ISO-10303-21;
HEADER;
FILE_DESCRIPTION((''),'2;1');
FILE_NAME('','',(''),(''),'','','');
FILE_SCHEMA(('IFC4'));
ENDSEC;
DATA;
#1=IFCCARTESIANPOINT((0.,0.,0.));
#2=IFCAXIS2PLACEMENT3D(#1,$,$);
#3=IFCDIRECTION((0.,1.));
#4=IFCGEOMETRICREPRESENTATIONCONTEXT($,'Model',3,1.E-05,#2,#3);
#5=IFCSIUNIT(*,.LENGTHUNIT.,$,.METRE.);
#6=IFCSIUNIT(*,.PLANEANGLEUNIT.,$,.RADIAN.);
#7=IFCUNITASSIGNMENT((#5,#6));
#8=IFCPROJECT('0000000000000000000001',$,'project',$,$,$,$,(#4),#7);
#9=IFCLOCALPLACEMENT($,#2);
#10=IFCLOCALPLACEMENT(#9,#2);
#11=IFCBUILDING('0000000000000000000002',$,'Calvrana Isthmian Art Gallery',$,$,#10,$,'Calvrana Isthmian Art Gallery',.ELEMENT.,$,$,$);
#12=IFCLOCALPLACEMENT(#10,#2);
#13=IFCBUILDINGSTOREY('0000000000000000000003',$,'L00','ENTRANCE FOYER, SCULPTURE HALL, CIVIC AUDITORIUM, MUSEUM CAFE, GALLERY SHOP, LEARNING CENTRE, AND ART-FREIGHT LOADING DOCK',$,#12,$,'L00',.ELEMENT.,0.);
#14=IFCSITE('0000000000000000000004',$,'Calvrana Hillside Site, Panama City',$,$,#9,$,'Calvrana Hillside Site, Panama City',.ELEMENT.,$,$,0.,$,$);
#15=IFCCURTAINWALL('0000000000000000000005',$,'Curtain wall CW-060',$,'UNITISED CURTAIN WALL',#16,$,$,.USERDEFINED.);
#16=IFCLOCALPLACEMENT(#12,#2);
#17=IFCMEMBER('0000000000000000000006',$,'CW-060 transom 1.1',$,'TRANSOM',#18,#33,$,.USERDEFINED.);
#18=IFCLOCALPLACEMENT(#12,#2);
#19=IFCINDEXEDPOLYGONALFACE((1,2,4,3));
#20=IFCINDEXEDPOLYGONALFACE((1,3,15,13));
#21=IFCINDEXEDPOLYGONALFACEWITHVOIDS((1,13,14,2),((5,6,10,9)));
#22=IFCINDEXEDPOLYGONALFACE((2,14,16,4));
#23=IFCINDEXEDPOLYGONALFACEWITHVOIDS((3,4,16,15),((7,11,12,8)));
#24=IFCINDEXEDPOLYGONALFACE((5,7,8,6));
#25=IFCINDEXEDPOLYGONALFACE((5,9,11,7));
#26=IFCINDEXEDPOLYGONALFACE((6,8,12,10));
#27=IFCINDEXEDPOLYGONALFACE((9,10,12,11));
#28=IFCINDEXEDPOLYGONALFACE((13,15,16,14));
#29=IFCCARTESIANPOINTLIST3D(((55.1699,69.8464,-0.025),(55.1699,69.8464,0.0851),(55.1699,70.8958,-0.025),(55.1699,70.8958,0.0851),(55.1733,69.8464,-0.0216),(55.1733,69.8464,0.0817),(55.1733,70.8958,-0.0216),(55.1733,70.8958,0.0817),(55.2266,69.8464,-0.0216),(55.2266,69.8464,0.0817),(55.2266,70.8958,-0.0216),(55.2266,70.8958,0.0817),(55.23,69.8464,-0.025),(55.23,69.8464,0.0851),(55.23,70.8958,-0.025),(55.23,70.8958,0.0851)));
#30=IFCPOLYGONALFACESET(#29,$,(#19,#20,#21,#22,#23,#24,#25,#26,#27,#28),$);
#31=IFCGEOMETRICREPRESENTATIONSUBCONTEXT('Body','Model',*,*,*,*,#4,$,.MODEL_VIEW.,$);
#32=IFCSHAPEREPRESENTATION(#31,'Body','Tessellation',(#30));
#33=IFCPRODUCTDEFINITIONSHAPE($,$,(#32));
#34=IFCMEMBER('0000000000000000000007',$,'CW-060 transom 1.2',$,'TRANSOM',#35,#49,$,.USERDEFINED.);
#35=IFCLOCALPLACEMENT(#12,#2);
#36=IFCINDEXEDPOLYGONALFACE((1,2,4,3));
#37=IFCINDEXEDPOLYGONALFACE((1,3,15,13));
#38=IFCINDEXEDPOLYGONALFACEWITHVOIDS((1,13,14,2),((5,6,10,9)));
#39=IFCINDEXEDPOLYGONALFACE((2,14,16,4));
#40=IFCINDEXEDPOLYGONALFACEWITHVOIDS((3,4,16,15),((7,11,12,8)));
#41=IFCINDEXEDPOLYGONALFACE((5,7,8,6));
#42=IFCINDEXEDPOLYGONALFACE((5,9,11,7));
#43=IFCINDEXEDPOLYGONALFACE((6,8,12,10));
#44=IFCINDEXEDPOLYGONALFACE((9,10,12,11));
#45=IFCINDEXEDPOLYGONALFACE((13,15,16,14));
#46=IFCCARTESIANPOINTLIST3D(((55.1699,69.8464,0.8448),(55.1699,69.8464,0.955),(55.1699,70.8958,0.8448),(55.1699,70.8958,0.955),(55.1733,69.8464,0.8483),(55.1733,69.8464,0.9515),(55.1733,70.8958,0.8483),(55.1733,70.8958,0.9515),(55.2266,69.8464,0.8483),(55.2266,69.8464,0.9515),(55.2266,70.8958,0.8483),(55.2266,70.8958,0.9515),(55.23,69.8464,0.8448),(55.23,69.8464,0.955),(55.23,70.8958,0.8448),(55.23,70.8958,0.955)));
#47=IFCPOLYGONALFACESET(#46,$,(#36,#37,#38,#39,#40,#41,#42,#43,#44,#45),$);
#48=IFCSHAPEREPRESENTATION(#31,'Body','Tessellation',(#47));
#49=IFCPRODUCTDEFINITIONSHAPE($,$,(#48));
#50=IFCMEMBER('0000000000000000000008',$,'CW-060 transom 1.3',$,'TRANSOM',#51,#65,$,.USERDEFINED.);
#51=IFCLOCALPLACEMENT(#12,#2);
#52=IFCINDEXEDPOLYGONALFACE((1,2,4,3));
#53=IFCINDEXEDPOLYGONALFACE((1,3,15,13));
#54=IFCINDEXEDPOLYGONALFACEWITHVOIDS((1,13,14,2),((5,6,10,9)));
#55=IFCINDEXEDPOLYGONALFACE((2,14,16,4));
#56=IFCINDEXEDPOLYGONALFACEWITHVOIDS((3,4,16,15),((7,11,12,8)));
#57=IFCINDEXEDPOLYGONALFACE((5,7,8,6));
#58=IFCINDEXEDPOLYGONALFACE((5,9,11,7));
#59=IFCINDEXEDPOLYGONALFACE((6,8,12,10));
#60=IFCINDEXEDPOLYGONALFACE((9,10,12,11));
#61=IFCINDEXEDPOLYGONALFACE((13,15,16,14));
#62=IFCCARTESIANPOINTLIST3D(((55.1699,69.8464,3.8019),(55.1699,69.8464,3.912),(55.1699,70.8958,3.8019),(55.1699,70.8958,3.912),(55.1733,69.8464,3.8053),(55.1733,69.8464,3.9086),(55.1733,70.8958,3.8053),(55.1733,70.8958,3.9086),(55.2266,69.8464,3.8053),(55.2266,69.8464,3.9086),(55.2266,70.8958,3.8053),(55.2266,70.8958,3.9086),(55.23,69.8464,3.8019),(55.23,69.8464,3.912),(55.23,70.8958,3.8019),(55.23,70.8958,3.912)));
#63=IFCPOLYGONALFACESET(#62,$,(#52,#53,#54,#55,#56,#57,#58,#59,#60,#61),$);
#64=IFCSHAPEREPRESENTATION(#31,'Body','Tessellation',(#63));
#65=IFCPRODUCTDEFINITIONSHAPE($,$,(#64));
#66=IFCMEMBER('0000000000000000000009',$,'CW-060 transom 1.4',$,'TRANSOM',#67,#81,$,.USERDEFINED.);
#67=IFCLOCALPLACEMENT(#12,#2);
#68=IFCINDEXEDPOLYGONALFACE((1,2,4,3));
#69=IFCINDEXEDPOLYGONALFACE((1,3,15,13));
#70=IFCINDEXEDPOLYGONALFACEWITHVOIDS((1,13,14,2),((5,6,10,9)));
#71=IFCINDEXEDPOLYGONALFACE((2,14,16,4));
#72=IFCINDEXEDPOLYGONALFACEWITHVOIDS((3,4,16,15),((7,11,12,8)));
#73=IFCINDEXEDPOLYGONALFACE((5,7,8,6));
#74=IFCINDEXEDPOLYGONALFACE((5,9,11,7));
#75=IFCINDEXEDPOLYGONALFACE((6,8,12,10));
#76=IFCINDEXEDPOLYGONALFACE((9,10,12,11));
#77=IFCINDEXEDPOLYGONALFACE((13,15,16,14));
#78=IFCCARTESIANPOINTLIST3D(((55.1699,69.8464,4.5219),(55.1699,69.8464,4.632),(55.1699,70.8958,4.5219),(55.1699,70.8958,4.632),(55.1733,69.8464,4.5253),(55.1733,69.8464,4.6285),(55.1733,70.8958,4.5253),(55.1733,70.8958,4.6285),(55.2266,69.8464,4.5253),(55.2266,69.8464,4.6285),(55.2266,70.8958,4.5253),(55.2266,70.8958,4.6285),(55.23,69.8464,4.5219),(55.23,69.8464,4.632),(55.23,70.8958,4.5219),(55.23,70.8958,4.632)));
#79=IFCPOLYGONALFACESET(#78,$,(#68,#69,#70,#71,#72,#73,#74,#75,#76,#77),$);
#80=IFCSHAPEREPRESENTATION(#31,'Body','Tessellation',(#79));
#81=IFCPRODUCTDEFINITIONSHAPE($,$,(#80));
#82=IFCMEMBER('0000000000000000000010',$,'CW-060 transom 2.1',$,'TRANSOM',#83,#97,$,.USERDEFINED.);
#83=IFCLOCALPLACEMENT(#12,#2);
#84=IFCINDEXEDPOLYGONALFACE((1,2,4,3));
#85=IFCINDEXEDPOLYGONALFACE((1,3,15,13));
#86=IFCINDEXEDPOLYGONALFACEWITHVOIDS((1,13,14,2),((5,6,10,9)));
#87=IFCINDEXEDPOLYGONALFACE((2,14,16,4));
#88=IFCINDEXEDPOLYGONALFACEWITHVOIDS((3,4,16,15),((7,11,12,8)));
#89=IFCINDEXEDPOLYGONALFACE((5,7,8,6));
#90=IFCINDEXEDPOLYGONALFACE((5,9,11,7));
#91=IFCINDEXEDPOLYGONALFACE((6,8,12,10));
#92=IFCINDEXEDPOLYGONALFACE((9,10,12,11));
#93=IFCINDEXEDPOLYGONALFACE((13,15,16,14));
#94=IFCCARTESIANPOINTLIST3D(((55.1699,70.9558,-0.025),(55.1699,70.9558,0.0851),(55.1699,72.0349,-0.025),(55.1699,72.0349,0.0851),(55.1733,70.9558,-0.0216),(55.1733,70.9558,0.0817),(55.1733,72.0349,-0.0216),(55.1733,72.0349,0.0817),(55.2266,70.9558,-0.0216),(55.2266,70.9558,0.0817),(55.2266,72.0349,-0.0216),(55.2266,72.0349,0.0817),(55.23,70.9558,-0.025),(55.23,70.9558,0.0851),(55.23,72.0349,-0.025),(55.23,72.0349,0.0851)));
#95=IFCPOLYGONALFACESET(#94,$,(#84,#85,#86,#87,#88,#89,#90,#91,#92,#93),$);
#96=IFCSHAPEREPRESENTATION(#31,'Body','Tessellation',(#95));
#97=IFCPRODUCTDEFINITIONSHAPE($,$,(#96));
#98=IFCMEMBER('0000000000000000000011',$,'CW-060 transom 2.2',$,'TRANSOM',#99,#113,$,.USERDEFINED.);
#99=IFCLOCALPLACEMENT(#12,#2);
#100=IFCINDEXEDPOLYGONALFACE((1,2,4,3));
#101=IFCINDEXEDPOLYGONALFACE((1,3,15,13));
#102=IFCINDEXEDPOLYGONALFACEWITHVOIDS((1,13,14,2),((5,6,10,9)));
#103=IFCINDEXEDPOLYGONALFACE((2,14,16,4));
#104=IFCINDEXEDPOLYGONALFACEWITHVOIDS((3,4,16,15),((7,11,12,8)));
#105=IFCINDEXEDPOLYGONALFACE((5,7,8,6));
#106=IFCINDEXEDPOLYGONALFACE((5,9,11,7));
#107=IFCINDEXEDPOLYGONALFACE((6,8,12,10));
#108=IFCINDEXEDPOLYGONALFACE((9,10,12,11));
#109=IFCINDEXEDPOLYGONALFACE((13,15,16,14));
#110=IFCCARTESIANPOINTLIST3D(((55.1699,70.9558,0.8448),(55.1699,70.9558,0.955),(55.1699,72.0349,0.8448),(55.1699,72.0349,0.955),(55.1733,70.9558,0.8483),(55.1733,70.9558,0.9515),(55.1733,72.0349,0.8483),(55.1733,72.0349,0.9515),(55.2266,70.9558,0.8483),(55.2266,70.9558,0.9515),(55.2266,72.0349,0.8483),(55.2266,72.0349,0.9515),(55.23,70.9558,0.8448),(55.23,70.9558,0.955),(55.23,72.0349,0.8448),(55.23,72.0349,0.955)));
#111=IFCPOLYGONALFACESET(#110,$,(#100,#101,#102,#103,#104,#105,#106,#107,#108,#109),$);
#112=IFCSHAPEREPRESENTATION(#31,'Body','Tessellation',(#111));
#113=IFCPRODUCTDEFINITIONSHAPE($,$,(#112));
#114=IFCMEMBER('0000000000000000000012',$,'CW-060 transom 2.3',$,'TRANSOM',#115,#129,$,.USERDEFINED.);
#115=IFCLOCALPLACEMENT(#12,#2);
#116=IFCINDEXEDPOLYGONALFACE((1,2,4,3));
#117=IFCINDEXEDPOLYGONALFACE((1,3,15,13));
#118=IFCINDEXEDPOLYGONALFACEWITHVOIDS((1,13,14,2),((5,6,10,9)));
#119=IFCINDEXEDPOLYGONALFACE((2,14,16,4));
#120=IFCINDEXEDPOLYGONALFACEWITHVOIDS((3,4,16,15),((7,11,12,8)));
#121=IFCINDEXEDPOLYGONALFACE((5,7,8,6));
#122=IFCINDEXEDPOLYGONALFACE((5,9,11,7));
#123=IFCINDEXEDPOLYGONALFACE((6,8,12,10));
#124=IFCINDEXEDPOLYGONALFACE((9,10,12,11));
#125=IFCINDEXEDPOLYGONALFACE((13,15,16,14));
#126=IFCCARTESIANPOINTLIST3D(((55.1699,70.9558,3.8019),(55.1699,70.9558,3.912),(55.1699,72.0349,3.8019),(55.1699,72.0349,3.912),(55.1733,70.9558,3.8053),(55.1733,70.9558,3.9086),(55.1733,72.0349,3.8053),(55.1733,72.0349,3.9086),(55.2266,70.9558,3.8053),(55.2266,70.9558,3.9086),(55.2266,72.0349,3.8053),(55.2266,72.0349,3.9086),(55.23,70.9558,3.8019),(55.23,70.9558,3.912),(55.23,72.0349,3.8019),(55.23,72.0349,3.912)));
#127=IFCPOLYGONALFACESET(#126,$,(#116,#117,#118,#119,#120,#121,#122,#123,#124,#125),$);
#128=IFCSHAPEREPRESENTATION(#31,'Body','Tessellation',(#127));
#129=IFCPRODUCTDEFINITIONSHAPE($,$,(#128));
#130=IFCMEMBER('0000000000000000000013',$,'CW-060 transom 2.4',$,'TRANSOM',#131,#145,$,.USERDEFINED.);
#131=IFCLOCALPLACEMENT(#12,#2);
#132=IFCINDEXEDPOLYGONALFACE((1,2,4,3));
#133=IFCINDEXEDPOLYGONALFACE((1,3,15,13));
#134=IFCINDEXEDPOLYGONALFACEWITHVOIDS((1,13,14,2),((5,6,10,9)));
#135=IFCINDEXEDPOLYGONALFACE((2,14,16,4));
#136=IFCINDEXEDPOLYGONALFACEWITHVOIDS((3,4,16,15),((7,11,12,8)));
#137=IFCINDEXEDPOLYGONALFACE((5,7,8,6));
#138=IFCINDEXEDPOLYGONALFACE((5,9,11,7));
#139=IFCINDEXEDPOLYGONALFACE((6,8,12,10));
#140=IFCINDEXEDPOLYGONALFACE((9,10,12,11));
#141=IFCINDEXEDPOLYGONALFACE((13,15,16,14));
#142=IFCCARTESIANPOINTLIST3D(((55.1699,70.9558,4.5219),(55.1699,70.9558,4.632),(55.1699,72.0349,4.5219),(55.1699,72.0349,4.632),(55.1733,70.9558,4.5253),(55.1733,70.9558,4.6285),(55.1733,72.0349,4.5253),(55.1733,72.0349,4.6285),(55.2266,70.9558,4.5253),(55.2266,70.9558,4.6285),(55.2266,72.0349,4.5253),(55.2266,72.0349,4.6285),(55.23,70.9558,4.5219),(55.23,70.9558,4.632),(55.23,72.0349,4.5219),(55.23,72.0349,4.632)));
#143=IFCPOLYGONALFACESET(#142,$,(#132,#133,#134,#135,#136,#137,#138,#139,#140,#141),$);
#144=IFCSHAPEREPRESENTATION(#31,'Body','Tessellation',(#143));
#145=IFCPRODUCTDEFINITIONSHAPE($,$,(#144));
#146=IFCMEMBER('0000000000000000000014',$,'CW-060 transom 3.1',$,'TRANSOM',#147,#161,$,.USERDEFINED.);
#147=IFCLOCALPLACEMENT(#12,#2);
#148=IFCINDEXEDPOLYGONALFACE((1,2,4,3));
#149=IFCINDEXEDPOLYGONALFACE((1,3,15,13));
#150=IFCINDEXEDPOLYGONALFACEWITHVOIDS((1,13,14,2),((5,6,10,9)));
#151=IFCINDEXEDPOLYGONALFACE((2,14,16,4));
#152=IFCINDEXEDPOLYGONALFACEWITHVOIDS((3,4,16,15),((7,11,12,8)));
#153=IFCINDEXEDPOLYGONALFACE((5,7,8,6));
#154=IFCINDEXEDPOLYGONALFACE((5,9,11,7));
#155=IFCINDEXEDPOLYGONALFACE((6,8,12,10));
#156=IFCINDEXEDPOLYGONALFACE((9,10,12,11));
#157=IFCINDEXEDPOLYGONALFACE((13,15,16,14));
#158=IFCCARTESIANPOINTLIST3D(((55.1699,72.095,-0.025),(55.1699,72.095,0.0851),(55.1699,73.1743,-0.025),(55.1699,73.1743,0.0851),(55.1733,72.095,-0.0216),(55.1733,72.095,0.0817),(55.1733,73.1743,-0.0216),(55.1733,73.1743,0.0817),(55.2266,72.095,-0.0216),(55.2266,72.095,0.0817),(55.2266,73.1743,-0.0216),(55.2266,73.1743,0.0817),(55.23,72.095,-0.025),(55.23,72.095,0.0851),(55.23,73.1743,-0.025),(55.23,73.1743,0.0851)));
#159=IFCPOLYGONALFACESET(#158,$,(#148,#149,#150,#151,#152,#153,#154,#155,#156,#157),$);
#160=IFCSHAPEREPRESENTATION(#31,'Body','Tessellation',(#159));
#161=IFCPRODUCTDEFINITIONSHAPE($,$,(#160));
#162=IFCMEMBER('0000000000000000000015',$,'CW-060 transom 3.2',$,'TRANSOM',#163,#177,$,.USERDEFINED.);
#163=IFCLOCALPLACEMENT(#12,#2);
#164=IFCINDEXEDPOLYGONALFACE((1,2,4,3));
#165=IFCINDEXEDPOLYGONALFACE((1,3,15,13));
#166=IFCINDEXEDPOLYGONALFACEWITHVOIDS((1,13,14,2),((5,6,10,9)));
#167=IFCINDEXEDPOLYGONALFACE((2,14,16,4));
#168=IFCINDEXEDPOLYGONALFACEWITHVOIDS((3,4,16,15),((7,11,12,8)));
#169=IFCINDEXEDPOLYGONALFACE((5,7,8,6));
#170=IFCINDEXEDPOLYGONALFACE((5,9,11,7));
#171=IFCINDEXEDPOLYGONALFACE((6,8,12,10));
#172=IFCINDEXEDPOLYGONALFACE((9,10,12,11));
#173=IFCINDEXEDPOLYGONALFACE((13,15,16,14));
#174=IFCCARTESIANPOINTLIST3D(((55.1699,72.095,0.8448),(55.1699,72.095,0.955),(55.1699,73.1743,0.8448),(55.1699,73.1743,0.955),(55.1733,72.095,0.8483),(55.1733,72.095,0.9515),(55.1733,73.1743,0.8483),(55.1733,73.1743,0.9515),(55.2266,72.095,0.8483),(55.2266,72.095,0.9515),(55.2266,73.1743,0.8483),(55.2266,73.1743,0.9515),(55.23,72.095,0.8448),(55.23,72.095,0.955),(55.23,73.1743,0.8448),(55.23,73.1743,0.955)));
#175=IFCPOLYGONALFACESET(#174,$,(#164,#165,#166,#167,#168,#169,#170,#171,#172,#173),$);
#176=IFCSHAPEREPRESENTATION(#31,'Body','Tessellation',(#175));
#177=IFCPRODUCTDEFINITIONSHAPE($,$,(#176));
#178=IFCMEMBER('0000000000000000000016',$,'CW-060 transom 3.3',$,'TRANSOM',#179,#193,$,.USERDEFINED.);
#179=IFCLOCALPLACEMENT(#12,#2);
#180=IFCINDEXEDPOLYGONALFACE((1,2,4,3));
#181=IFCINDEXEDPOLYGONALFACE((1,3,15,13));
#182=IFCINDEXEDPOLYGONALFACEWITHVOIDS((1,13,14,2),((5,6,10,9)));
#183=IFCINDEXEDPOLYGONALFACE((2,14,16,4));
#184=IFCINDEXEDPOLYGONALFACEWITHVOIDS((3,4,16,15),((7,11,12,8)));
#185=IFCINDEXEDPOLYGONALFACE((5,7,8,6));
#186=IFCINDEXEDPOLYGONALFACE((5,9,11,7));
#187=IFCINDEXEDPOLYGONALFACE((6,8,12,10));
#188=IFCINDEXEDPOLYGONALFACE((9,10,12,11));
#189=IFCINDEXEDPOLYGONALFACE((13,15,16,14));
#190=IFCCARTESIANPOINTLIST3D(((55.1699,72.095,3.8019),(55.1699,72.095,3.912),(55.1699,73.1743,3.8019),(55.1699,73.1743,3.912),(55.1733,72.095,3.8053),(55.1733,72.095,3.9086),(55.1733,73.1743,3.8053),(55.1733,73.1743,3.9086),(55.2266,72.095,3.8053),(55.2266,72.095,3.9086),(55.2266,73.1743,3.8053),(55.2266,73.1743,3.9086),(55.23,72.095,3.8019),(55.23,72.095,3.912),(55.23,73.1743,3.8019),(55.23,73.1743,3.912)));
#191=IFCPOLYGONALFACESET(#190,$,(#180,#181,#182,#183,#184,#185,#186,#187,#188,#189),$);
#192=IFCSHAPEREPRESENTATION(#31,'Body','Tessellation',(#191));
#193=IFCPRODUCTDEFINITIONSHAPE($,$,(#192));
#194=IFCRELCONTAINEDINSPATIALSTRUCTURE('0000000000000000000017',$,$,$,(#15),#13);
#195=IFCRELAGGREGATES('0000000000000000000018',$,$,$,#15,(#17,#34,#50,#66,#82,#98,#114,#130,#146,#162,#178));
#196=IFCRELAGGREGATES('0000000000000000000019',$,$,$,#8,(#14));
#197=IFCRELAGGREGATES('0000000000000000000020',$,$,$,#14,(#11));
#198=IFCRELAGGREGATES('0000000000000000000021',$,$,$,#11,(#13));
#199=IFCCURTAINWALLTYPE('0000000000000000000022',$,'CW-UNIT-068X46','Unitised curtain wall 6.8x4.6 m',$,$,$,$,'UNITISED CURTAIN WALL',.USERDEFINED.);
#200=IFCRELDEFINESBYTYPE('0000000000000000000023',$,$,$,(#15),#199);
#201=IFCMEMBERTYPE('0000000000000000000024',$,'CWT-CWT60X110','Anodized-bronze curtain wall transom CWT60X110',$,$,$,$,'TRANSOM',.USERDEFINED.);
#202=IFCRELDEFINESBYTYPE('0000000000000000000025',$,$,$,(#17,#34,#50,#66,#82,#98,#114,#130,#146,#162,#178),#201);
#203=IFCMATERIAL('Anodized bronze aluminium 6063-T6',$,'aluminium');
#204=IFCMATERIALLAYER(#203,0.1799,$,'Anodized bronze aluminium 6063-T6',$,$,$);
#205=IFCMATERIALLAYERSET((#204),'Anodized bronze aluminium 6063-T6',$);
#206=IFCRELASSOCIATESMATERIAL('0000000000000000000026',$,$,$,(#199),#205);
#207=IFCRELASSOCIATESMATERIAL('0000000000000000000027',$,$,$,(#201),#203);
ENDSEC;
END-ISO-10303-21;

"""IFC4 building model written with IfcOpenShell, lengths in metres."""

from ifc_helpers import new_model, si_unit, direction, frame, origin, origin_2d, place, context, subcontext, project, spatial, hollow_rectangle, extrude, material, layer, layer_set, material_profile, profile_set, type_object, element, aggregate, save


model = new_model("IFC4")

# Units and contexts
model_context = context("Model", 3, precision=1e-05, world=origin(), true_north=direction((0.0, 1.0)))
body_context = subcontext(model_context, "Body", "Model", "MODEL_VIEW")
ifc_project = project(units=[si_unit("LENGTHUNIT", "METRE"), si_unit("PLANEANGLEUNIT", "RADIAN")], contexts=[model_context])

# Site, building, storey
site_placement = place(None, origin())
site = spatial("IfcSite", under=ifc_project, at=site_placement, Name="Calvrana Hillside Site, Panama City", LongName="Calvrana Hillside Site, Panama City", CompositionType="ELEMENT", RefElevation=0.0)
building_placement = place(site_placement, origin())
building = spatial("IfcBuilding", under=site, at=building_placement, Name="Calvrana Isthmian Art Gallery", LongName="Calvrana Isthmian Art Gallery", CompositionType="ELEMENT")
storey_placement = place(building_placement, origin())
storey = spatial("IfcBuildingStorey", under=building, at=storey_placement, Name="L00", Description="ENTRANCE FOYER, SCULPTURE HALL, CIVIC AUDITORIUM, MUSEUM CAFE, GALLERY SHOP, LEARNING CENTRE, AND ART-FREIGHT LOADING DOCK", LongName="L00", CompositionType="ELEMENT", Elevation=0.0)

# Curtain wall, members
ifc_material_1 = material(Name="Anodized bronze aluminium 6063-T6", Category="aluminium")
ifc_layer_1 = layer(ifc_material_1, 0.1799, Name="Anodized bronze aluminium 6063-T6")
ifc_layer_set_1 = layer_set([ifc_layer_1], Name="Anodized bronze aluminium 6063-T6")
curtain_wall_type = type_object("IfcCurtainWallType", Name="CW-UNIT-068X46", Description="Unitised curtain wall 6.8x4.6 m", ElementType="UNITISED CURTAIN WALL", PredefinedType="USERDEFINED", material=ifc_layer_set_1)
curtain_wall_placement = place(storey_placement, origin())
curtain_wall = element("IfcCurtainWall", 1, at=curtain_wall_placement, inside=storey, type_object=curtain_wall_type, Name="Curtain wall CW-060", ObjectType="UNITISED CURTAIN WALL", PredefinedType="USERDEFINED")
ifc_material_profile_1 = material_profile(ifc_material_1, hollow_rectangle(XDim=0.0601, YDim=0.1101, WallThickness=0.0034, at=origin_2d()), Name="CWT60X110")
ifc_profile_set_1 = profile_set([ifc_material_profile_1], Name="Anodized bronze aluminium 6063-T6")
member_type_1 = type_object("IfcMemberType", Name="CWT-CWT60X110", Description="Anodized-bronze curtain wall transom CWT60X110", ElementType="TRANSOM", PredefinedType="USERDEFINED", material=ifc_profile_set_1)
member_1_placement = place(storey_placement, frame((55.2, 69.8464, 0.03), z_axis=(0.0, 1.0, 0.0), x_axis=(-1.0, 0.0, 0.0)))
member_1 = element("IfcMember", 2, at=member_1_placement, type_object=member_type_1, Name="CW-060 transom 1.1", ObjectType="TRANSOM", PredefinedType="USERDEFINED", context=body_context, shape_type="SweptSolid", body=[
    extrude(hollow_rectangle(XDim=0.0601, YDim=0.1101, WallThickness=0.0034, at=origin_2d()), origin(), (0.0, 0.0, 1.0), 1.0493),
])
member_2_placement = place(storey_placement, frame((55.2, 69.8464, 0.8999), z_axis=(0.0, 1.0, 0.0), x_axis=(-1.0, 0.0, 0.0)))
member_2 = element("IfcMember", 3, at=member_2_placement, type_object=member_type_1, Name="CW-060 transom 1.2", ObjectType="TRANSOM", PredefinedType="USERDEFINED", context=body_context, shape_type="SweptSolid", body=[
    extrude(hollow_rectangle(XDim=0.0601, YDim=0.1101, WallThickness=0.0034, at=origin_2d()), origin(), (0.0, 0.0, 1.0), 1.0493),
])
member_3_placement = place(storey_placement, frame((55.2, 69.8464, 3.8569), z_axis=(0.0, 1.0, 0.0), x_axis=(-1.0, 0.0, 0.0)))
member_3 = element("IfcMember", 4, at=member_3_placement, type_object=member_type_1, Name="CW-060 transom 1.3", ObjectType="TRANSOM", PredefinedType="USERDEFINED", context=body_context, shape_type="SweptSolid", body=[
    extrude(hollow_rectangle(XDim=0.0601, YDim=0.1101, WallThickness=0.0034, at=origin_2d()), origin(), (0.0, 0.0, 1.0), 1.0493),
])
member_4_placement = place(storey_placement, frame((55.2, 69.8464, 4.5769), z_axis=(0.0, 1.0, 0.0), x_axis=(-1.0, 0.0, 0.0)))
member_4 = element("IfcMember", 5, at=member_4_placement, type_object=member_type_1, Name="CW-060 transom 1.4", ObjectType="TRANSOM", PredefinedType="USERDEFINED", context=body_context, shape_type="SweptSolid", body=[
    extrude(hollow_rectangle(XDim=0.0601, YDim=0.1101, WallThickness=0.0034, at=origin_2d()), origin(), (0.0, 0.0, 1.0), 1.0493),
])
member_5_placement = place(storey_placement, frame((55.2, 70.9558, 0.03), z_axis=(0.0, 1.0, 0.0), x_axis=(-1.0, 0.0, 0.0)))
member_5 = element("IfcMember", 6, at=member_5_placement, type_object=member_type_1, Name="CW-060 transom 2.1", ObjectType="TRANSOM", PredefinedType="USERDEFINED", context=body_context, shape_type="SweptSolid", body=[
    extrude(hollow_rectangle(XDim=0.0601, YDim=0.1101, WallThickness=0.0034, at=origin_2d()), origin(), (0.0, 0.0, 1.0), 1.0791),
])
member_6_placement = place(storey_placement, frame((55.2, 70.9558, 0.8999), z_axis=(0.0, 1.0, 0.0), x_axis=(-1.0, 0.0, 0.0)))
member_6 = element("IfcMember", 7, at=member_6_placement, type_object=member_type_1, Name="CW-060 transom 2.2", ObjectType="TRANSOM", PredefinedType="USERDEFINED", context=body_context, shape_type="SweptSolid", body=[
    extrude(hollow_rectangle(XDim=0.0601, YDim=0.1101, WallThickness=0.0034, at=origin_2d()), origin(), (0.0, 0.0, 1.0), 1.0791),
])
member_7_placement = place(storey_placement, frame((55.2, 70.9558, 3.8569), z_axis=(0.0, 1.0, 0.0), x_axis=(-1.0, 0.0, 0.0)))
member_7 = element("IfcMember", 8, at=member_7_placement, type_object=member_type_1, Name="CW-060 transom 2.3", ObjectType="TRANSOM", PredefinedType="USERDEFINED", context=body_context, shape_type="SweptSolid", body=[
    extrude(hollow_rectangle(XDim=0.0601, YDim=0.1101, WallThickness=0.0034, at=origin_2d()), origin(), (0.0, 0.0, 1.0), 1.0791),
])
member_8_placement = place(storey_placement, frame((55.2, 70.9558, 4.5769), z_axis=(0.0, 1.0, 0.0), x_axis=(-1.0, 0.0, 0.0)))
member_8 = element("IfcMember", 9, at=member_8_placement, type_object=member_type_1, Name="CW-060 transom 2.4", ObjectType="TRANSOM", PredefinedType="USERDEFINED", context=body_context, shape_type="SweptSolid", body=[
    extrude(hollow_rectangle(XDim=0.0601, YDim=0.1101, WallThickness=0.0034, at=origin_2d()), origin(), (0.0, 0.0, 1.0), 1.0791),
])
member_9_placement = place(storey_placement, frame((55.2, 72.095, 0.03), z_axis=(0.0, 1.0, 0.0), x_axis=(-1.0, 0.0, 0.0)))
member_9 = element("IfcMember", 10, at=member_9_placement, type_object=member_type_1, Name="CW-060 transom 3.1", ObjectType="TRANSOM", PredefinedType="USERDEFINED", context=body_context, shape_type="SweptSolid", body=[
    extrude(hollow_rectangle(XDim=0.0601, YDim=0.1101, WallThickness=0.0034, at=origin_2d()), origin(), (0.0, 0.0, 1.0), 1.0793),
])
member_10_placement = place(storey_placement, frame((55.2, 72.095, 0.8999), z_axis=(0.0, 1.0, 0.0), x_axis=(-1.0, 0.0, 0.0)))
member_10 = element("IfcMember", 11, at=member_10_placement, type_object=member_type_1, Name="CW-060 transom 3.2", ObjectType="TRANSOM", PredefinedType="USERDEFINED", context=body_context, shape_type="SweptSolid", body=[
    extrude(hollow_rectangle(XDim=0.0601, YDim=0.1101, WallThickness=0.0034, at=origin_2d()), origin(), (0.0, 0.0, 1.0), 1.0793),
])
member_11_placement = place(storey_placement, frame((55.2, 72.095, 3.8569), z_axis=(0.0, 1.0, 0.0), x_axis=(-1.0, 0.0, 0.0)))
member_11 = element("IfcMember", 12, at=member_11_placement, type_object=member_type_1, Name="CW-060 transom 3.3", ObjectType="TRANSOM", PredefinedType="USERDEFINED", context=body_context, shape_type="SweptSolid", body=[
    extrude(hollow_rectangle(XDim=0.0601, YDim=0.1101, WallThickness=0.0034, at=origin_2d()), origin(), (0.0, 0.0, 1.0), 1.0793),
])
aggregate(curtain_wall, [member_1, member_2, member_3, member_4, member_5, member_6, member_7, member_8, member_9, member_10, member_11])

save(model, "model.ifc")
